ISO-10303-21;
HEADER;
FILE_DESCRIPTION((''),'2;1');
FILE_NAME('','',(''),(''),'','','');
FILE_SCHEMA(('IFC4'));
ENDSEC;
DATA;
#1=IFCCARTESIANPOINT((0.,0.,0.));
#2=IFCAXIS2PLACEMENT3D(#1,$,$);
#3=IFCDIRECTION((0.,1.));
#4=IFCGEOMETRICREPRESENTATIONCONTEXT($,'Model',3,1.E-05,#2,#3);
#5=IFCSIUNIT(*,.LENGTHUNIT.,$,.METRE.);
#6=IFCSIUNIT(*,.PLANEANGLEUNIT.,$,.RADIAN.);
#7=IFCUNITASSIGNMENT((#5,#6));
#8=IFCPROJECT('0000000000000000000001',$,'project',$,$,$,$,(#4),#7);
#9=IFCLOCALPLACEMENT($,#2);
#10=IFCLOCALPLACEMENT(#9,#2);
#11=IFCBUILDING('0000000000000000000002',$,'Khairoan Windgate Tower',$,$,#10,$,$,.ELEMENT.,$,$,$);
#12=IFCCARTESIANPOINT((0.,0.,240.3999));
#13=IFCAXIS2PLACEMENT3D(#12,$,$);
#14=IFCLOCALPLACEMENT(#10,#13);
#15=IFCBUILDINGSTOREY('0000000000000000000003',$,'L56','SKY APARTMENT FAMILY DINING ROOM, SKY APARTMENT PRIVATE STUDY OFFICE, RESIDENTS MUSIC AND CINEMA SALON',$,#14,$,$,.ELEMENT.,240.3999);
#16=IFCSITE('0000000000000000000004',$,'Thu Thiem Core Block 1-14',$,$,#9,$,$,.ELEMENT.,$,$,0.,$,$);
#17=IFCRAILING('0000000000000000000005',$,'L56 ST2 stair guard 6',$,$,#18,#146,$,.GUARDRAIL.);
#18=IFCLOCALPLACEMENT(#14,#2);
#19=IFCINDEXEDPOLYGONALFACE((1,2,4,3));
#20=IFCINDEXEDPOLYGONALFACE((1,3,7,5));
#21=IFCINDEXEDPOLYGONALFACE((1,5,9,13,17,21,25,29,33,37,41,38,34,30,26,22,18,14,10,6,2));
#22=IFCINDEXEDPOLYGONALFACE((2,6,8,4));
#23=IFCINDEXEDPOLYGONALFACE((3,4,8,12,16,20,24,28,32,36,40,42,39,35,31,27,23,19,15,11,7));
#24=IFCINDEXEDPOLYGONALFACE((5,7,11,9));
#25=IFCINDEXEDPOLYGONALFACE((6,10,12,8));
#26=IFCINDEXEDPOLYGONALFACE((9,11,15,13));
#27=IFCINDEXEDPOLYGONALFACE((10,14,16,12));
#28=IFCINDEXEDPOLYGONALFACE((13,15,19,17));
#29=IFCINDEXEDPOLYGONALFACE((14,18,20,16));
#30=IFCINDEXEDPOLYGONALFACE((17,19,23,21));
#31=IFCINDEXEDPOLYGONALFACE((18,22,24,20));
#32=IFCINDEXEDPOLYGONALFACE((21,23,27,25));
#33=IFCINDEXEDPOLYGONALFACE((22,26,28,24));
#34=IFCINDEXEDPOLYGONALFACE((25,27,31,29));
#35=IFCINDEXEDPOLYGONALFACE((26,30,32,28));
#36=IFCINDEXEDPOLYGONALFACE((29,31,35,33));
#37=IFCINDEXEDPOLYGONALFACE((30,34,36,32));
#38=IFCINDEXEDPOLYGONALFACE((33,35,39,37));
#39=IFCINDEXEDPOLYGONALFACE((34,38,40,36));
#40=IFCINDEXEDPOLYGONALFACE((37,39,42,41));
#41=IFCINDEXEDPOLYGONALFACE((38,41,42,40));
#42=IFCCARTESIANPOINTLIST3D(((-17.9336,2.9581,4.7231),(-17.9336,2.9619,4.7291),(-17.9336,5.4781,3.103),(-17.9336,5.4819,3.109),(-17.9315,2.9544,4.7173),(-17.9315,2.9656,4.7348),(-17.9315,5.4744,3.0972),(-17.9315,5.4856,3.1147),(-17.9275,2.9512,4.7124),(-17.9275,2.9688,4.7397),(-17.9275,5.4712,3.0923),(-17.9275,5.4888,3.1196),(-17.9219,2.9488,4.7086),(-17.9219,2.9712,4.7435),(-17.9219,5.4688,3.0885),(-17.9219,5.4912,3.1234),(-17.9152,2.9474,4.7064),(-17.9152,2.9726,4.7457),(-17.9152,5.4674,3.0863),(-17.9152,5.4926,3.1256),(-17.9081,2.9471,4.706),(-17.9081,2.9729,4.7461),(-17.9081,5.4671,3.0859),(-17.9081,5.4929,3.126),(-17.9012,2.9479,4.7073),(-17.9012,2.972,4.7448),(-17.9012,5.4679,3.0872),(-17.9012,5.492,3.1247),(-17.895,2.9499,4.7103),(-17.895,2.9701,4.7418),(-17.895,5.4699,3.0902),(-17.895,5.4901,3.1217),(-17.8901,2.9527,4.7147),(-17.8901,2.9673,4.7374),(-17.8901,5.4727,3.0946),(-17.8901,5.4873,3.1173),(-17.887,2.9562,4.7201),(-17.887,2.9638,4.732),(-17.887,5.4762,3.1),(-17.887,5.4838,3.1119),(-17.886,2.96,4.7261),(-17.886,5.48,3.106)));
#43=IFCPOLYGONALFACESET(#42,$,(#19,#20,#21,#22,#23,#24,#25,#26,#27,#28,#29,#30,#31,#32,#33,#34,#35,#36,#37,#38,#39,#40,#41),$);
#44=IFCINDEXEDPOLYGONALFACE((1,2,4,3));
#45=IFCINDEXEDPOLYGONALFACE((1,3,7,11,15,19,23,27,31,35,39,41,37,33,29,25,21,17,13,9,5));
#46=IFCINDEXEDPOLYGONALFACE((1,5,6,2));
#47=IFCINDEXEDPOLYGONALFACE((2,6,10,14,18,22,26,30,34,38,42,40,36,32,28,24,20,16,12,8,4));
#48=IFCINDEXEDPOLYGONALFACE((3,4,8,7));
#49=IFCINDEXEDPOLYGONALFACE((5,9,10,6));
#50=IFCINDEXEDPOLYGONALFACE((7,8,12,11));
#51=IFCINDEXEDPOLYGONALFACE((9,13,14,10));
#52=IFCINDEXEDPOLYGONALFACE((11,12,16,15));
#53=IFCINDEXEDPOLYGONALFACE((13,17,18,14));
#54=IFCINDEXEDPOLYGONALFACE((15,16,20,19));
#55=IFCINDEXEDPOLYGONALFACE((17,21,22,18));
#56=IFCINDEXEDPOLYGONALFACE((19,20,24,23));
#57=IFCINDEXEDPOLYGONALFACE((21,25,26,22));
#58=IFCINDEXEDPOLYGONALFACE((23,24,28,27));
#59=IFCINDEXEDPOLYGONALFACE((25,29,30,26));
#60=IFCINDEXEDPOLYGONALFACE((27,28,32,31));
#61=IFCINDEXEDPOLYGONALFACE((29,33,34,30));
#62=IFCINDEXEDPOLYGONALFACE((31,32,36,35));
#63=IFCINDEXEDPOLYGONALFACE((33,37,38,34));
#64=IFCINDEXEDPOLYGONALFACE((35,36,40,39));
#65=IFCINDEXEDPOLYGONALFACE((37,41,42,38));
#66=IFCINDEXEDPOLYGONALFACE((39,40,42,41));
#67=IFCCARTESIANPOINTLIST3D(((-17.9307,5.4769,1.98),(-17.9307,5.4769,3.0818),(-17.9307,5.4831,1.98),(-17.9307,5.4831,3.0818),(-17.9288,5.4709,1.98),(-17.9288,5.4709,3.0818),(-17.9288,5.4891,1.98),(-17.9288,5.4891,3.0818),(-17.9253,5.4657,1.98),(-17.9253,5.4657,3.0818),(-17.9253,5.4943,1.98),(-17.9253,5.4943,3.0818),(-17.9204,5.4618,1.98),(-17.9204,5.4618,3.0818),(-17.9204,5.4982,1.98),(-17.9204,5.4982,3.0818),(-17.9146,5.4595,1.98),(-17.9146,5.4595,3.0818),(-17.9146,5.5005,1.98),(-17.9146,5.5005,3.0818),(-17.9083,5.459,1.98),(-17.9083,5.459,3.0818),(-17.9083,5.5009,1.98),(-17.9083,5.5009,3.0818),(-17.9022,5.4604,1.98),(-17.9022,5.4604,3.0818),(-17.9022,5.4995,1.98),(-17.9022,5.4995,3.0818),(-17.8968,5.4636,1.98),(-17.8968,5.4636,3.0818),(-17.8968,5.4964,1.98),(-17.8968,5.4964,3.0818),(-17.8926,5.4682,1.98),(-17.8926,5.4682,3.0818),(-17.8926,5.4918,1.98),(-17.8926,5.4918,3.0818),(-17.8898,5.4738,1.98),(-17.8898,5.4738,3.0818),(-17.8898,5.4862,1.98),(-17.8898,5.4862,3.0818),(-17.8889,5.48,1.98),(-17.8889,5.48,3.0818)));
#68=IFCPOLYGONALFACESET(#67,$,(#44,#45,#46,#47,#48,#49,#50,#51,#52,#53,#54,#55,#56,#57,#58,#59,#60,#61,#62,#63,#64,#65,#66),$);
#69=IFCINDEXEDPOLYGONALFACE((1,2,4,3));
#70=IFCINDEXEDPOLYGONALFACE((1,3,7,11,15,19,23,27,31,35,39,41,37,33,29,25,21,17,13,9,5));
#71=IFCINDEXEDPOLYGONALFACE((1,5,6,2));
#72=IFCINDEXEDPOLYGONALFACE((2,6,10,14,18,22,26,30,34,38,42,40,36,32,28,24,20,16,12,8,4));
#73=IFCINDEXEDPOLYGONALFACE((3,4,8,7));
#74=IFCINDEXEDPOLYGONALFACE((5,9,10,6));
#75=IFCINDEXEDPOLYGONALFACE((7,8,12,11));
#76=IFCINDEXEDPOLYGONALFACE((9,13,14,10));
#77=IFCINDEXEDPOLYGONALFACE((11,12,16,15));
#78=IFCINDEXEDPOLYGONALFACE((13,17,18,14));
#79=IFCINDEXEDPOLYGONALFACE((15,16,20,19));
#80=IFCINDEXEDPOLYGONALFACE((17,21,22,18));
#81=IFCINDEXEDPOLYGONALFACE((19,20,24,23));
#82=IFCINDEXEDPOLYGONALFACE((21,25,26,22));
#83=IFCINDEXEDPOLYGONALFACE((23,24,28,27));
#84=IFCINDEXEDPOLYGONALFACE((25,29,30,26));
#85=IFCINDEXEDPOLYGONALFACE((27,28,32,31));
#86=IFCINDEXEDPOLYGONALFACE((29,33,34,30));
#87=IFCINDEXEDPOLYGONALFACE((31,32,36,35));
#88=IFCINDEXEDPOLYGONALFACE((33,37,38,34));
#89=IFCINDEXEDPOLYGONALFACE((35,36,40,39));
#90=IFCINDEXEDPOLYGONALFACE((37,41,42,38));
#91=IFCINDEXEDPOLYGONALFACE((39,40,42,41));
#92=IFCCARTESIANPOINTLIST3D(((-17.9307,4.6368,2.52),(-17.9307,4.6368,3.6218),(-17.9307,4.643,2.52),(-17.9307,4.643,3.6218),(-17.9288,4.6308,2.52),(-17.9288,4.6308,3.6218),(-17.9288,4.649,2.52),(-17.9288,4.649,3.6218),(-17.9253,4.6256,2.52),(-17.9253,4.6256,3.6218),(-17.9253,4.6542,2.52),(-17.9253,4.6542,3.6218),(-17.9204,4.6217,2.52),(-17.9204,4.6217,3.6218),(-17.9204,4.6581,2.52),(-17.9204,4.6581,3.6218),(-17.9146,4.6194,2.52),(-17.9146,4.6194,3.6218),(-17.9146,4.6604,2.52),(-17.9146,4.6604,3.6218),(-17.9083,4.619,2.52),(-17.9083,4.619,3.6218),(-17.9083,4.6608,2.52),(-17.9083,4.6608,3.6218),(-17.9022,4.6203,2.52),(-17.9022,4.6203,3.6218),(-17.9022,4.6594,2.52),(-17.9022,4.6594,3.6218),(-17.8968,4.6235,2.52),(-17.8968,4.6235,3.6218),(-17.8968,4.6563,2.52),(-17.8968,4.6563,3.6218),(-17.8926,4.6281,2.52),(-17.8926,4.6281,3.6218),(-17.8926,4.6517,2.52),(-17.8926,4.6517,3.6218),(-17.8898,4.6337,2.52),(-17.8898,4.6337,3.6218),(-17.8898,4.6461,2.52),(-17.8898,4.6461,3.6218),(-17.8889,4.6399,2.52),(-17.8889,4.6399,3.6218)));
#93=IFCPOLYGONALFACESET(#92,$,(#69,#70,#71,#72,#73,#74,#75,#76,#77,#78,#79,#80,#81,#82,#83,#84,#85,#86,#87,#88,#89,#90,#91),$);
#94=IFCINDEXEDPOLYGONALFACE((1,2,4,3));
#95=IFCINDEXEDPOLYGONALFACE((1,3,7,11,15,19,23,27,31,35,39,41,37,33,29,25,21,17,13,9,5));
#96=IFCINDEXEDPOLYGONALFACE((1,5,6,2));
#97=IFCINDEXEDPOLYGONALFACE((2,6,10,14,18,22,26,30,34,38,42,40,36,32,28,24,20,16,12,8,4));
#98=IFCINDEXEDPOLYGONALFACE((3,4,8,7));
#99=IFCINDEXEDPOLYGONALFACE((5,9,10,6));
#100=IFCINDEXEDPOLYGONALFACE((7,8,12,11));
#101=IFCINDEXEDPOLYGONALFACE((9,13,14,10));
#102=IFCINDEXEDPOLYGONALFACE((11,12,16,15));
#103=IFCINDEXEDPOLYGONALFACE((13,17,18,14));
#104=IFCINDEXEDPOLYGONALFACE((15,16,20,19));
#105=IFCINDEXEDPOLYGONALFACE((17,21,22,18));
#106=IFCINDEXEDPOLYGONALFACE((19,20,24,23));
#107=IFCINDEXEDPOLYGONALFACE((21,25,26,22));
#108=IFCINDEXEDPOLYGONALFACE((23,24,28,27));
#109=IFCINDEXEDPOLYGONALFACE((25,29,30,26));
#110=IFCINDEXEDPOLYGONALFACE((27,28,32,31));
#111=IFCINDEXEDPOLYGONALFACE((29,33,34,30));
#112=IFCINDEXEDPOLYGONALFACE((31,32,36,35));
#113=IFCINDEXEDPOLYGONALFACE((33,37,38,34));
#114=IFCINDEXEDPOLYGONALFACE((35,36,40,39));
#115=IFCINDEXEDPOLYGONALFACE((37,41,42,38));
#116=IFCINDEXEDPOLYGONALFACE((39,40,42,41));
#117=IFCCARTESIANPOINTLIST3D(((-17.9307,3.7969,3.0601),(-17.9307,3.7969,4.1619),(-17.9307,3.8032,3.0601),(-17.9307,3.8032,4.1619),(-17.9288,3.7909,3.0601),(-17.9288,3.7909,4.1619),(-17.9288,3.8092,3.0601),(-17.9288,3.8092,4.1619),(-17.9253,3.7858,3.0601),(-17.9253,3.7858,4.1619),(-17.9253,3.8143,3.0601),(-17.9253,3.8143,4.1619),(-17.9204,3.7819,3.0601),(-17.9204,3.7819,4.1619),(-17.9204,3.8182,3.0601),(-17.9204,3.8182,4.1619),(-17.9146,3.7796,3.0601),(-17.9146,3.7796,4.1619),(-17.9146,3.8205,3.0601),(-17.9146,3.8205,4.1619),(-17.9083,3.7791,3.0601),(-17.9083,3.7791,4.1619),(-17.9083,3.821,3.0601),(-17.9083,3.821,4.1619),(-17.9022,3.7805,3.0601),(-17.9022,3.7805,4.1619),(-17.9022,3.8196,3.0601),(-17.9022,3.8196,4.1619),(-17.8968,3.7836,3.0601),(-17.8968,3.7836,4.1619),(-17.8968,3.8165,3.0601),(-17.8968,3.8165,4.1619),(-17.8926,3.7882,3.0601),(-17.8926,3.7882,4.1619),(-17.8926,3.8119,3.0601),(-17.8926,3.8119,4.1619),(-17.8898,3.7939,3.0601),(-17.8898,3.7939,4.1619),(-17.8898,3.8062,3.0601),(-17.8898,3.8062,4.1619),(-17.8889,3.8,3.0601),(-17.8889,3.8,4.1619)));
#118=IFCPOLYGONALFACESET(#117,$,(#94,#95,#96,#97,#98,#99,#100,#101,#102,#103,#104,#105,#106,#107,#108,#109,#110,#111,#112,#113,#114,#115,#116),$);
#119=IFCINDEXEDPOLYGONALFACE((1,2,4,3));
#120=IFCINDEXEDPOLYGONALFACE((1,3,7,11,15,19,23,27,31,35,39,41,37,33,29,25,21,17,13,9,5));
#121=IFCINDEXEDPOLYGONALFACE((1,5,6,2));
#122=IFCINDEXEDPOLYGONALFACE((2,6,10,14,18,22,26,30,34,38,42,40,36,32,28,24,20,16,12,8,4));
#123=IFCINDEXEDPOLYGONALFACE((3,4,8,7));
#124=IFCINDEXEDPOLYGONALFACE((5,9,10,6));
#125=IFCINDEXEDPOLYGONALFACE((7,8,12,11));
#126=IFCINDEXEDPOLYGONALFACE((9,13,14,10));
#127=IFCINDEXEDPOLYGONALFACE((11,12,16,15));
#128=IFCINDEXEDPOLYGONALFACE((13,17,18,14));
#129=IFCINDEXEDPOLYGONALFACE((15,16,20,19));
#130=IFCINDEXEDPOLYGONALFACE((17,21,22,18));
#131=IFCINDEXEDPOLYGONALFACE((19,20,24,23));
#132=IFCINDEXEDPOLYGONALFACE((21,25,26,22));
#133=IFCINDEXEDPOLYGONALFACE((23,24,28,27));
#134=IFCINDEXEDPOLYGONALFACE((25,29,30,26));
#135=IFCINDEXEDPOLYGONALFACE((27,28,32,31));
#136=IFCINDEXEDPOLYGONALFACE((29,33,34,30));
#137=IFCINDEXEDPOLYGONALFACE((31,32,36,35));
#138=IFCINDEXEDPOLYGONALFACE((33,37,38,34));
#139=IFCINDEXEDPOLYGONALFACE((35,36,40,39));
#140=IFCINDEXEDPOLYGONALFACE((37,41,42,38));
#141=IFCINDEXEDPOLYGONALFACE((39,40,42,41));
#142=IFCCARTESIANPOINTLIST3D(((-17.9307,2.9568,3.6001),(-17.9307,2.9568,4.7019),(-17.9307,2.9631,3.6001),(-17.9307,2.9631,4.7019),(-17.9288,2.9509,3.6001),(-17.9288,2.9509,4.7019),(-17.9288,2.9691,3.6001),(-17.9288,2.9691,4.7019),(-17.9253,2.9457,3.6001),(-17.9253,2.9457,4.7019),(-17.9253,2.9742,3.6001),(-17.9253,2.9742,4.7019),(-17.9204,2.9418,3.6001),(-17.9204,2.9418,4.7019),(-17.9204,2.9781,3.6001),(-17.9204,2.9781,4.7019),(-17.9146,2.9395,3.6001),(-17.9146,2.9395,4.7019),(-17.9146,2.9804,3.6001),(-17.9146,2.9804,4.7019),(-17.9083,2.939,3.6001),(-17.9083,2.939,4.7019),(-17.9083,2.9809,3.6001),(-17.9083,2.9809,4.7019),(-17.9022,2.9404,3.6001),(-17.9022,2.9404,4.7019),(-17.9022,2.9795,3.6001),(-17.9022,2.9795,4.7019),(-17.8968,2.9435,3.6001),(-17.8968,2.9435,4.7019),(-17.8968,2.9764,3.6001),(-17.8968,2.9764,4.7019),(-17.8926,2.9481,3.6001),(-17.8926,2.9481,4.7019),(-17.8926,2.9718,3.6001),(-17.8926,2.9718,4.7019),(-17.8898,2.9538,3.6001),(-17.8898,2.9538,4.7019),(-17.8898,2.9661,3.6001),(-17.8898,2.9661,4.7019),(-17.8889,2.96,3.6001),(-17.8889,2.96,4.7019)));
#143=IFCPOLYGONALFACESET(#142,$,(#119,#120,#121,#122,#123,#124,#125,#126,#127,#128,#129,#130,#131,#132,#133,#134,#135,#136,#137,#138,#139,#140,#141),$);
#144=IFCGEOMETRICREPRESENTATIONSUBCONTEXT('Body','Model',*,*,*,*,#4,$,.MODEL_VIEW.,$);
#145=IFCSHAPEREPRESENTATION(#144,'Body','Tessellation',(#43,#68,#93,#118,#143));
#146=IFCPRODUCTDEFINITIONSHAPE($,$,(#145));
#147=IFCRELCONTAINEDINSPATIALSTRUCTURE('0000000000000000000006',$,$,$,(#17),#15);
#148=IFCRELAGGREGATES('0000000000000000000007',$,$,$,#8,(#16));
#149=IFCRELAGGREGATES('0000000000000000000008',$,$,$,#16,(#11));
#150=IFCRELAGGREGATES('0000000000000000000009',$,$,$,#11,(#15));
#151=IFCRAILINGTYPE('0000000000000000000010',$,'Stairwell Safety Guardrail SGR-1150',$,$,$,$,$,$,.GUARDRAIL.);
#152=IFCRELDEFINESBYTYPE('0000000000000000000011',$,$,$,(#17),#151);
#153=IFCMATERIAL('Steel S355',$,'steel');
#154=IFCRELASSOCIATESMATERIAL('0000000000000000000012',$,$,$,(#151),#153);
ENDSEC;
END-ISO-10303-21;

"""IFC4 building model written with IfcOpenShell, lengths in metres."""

from ifc_helpers import new_model, si_unit, direction, frame, origin, origin_2d, place, context, subcontext, project, spatial, circle, extrude, material, type_object, element, save


model = new_model("IFC4")

# Units and contexts
model_context = context("Model", 3, precision=1e-05, world=origin(), true_north=direction((0.0, 1.0)))
body_context = subcontext(model_context, "Body", "Model", "MODEL_VIEW")
ifc_project = project(units=[si_unit("LENGTHUNIT", "METRE"), si_unit("PLANEANGLEUNIT", "RADIAN")], contexts=[model_context])

# Site, building, storey
site_placement = place(None, origin())
site = spatial("IfcSite", under=ifc_project, at=site_placement, Name="Thu Thiem Core Block 1-14", CompositionType="ELEMENT", RefElevation=0.0)
building_placement = place(site_placement, origin())
building = spatial("IfcBuilding", under=site, at=building_placement, Name="Khairoan Windgate Tower", CompositionType="ELEMENT")
storey_placement = place(building_placement, frame((0.0, 0.0, 240.3999)))
storey = spatial("IfcBuildingStorey", under=building, at=storey_placement, Name="L56", Description="SKY APARTMENT FAMILY DINING ROOM, SKY APARTMENT PRIVATE STUDY OFFICE, RESIDENTS MUSIC AND CINEMA SALON", CompositionType="ELEMENT", Elevation=240.3999)

# Railing
ifc_material_1 = material(Name="Steel S355", Category="steel")
railing_type_1 = type_object("IfcRailingType", Name="Stairwell Safety Guardrail SGR-1150", PredefinedType="GUARDRAIL", material=ifc_material_1)
railing_1_placement = place(storey_placement, frame((-17.9099, 5.48, 1.98)))
element("IfcRailing", 1, at=railing_1_placement, inside=storey, type_object=railing_type_1, Name="L56 ST2 stair guard 6", PredefinedType="GUARDRAIL", context=body_context, shape_type="SweptSolid", body=[
    extrude(circle(Radius=0.0239, at=origin_2d()), frame((0.0, 0.0, 1.126), z_axis=(0.0, -0.841163, 0.540782), x_axis=(1.0, 0.0, 0.0)), (0.0, 0.0, 1.0), 2.9958),
    extrude(circle(Radius=0.021, at=origin_2d()), origin(), (0.0, 0.0, 1.0), 1.1018),
    extrude(circle(Radius=0.021, at=origin_2d()), frame((0.0, -0.8401, 0.54)), (0.0, 0.0, 1.0), 1.1018),
    extrude(circle(Radius=0.021, at=origin_2d()), frame((0.0, -1.6799, 1.0801)), (0.0, 0.0, 1.0), 1.1018),
    extrude(circle(Radius=0.021, at=origin_2d()), frame((0.0, -2.52, 1.6201)), (0.0, 0.0, 1.0), 1.1018),
])

save(model, "model.ifc")
